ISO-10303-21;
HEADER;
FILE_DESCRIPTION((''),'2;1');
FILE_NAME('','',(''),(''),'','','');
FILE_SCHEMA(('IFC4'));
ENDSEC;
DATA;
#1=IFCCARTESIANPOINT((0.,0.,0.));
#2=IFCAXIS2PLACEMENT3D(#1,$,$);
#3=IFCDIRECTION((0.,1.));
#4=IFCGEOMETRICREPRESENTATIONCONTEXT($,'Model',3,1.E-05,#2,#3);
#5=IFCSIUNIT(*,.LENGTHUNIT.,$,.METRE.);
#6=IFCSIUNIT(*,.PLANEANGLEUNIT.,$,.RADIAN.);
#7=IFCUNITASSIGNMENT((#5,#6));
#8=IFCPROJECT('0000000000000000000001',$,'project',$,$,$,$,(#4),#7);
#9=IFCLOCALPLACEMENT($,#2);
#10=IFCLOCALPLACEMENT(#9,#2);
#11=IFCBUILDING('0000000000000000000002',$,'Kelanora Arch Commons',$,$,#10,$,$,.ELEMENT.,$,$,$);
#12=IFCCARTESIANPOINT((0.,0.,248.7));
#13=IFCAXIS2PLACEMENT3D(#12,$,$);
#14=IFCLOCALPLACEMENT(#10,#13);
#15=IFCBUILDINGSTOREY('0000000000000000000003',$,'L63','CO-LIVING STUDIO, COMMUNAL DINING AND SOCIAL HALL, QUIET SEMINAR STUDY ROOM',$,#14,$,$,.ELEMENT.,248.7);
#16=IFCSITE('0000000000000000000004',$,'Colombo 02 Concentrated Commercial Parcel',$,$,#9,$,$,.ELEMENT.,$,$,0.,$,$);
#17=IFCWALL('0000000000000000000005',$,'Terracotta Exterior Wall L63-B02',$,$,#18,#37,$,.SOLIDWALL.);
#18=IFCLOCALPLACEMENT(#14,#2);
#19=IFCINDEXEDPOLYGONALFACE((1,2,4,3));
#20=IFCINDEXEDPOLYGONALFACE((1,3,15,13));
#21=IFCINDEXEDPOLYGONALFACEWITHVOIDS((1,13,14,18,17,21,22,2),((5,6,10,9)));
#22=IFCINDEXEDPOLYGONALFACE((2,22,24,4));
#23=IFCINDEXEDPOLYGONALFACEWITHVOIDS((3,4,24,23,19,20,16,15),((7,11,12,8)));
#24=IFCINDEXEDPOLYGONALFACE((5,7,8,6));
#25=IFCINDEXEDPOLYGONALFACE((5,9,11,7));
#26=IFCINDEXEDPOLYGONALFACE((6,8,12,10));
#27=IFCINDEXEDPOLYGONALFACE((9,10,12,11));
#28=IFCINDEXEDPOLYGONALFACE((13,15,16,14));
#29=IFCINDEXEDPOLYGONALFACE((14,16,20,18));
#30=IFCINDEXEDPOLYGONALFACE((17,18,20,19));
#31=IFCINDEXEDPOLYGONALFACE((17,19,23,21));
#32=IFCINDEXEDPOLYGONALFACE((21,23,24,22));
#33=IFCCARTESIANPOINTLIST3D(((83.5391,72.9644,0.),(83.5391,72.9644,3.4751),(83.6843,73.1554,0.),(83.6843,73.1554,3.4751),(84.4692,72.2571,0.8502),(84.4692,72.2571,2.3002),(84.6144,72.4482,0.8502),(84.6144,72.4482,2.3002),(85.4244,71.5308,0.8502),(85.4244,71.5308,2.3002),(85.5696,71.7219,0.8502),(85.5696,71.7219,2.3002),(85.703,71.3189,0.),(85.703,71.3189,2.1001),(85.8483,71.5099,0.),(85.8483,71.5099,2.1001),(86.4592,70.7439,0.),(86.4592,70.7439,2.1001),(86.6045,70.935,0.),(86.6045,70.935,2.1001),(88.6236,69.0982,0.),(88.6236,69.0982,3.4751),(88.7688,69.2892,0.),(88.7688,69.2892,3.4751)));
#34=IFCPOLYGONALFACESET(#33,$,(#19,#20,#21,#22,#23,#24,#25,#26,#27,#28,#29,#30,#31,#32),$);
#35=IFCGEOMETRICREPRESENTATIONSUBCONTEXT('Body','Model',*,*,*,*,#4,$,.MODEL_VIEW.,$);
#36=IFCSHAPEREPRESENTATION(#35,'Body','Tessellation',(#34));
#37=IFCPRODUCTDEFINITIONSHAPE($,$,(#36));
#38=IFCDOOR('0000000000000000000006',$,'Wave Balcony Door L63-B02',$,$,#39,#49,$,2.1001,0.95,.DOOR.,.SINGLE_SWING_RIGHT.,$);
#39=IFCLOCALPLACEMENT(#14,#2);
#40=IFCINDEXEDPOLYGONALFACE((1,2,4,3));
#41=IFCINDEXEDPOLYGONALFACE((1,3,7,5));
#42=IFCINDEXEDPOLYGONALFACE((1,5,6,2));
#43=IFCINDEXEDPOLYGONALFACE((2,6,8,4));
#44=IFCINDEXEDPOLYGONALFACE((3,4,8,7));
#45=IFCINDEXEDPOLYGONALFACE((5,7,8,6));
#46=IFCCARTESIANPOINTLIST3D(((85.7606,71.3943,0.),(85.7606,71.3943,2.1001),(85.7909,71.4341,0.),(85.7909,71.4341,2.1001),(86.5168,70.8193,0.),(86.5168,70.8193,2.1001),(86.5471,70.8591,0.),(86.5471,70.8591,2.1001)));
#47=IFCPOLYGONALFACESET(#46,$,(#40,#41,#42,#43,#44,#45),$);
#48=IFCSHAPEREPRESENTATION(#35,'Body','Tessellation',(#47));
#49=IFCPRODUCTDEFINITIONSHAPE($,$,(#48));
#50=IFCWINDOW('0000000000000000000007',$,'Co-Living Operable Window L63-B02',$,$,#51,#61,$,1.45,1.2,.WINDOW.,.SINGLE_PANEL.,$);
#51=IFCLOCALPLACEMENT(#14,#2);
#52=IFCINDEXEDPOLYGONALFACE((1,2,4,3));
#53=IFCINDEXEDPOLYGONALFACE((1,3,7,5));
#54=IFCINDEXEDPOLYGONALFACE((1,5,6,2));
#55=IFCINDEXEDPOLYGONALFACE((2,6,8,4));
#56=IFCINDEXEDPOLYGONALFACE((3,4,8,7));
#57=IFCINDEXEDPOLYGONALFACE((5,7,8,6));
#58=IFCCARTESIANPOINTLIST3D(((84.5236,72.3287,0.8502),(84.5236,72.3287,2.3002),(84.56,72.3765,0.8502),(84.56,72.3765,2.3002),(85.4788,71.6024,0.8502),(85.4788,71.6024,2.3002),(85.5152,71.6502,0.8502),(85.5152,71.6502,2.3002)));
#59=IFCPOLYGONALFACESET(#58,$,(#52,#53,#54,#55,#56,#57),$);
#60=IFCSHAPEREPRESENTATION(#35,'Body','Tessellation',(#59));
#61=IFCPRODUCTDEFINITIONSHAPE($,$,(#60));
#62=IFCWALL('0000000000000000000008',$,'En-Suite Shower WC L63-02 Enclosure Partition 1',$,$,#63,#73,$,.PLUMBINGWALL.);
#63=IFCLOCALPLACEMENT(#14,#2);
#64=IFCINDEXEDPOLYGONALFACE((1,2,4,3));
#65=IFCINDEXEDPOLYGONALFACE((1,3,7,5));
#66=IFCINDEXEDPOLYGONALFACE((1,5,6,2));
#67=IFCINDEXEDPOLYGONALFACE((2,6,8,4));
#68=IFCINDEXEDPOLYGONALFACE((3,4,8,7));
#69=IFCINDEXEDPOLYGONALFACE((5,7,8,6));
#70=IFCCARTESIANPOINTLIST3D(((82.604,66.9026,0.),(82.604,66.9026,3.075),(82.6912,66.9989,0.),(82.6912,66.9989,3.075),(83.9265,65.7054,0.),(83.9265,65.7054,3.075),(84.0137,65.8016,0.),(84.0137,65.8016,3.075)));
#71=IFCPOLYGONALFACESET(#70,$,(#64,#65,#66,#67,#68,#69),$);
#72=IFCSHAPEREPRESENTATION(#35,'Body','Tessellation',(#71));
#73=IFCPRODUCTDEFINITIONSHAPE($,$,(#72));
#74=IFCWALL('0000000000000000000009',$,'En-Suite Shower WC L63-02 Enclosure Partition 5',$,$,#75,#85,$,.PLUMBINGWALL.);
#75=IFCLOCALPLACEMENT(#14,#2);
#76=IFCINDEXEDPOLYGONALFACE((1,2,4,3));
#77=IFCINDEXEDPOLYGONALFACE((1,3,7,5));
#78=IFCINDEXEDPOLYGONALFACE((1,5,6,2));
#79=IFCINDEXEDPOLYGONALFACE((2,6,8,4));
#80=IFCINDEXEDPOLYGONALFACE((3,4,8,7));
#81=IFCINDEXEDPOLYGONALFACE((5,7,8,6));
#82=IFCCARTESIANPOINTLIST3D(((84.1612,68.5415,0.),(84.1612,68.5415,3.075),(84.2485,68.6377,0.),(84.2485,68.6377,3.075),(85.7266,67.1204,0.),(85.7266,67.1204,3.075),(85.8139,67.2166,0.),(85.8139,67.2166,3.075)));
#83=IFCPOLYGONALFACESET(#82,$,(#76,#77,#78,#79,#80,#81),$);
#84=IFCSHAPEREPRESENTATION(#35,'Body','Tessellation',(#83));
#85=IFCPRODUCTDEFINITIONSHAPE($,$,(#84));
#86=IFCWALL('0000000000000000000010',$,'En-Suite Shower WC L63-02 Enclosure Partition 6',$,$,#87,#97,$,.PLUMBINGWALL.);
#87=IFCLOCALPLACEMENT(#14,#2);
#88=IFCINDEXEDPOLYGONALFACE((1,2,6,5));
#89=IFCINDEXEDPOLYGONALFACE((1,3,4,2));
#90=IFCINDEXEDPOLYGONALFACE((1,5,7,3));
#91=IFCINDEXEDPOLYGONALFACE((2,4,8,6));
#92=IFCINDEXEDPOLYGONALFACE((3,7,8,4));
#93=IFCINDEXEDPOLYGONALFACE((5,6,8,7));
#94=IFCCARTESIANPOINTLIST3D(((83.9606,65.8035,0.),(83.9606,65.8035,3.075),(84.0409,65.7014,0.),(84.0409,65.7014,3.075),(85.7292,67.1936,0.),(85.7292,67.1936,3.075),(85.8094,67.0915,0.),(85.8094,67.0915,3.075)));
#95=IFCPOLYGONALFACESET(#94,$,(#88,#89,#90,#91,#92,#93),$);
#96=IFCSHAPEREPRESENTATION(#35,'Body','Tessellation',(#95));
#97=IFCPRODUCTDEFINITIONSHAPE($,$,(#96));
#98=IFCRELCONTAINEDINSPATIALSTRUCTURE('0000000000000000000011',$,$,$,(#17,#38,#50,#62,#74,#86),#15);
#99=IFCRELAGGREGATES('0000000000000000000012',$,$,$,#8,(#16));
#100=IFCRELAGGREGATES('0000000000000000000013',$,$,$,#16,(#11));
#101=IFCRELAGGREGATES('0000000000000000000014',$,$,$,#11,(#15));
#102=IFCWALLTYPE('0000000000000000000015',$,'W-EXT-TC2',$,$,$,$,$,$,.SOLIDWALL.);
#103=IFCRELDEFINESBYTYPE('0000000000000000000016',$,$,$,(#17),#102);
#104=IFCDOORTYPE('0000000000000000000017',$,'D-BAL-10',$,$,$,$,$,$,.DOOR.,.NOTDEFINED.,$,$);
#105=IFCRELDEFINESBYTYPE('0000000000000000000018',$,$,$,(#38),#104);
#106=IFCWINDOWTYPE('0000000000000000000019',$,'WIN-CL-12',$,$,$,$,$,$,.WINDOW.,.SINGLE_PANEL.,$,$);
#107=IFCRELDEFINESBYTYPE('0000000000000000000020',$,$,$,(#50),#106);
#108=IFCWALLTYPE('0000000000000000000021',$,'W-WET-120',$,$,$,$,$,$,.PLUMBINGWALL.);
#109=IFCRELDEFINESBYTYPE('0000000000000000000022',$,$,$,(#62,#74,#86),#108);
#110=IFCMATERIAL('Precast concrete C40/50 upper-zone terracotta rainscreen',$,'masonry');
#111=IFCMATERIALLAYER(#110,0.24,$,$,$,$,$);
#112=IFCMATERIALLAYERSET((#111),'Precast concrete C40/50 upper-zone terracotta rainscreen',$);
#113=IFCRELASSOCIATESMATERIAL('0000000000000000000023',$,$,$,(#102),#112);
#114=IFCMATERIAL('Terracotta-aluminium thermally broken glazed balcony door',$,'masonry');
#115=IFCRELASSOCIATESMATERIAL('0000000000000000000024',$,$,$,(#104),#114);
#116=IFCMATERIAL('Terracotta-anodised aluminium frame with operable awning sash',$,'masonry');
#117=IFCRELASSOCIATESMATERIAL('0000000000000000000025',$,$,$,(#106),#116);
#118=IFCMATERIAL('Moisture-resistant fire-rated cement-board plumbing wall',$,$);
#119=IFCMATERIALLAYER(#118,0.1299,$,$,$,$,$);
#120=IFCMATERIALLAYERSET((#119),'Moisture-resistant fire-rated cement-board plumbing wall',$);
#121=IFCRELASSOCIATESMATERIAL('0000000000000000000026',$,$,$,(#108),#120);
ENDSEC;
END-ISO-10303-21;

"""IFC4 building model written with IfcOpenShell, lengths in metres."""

from ifc_helpers import new_model, si_unit, direction, frame, frame_2d, origin, place, context, subcontext, project, spatial, rectangle, extrude, material, layer, layer_set, type_object, element, fill, save


model = new_model("IFC4")

# Units and contexts
model_context = context("Model", 3, precision=1e-05, world=origin(), true_north=direction((0.0, 1.0)))
body_context = subcontext(model_context, "Body", "Model", "MODEL_VIEW")
ifc_project = project(units=[si_unit("LENGTHUNIT", "METRE"), si_unit("PLANEANGLEUNIT", "RADIAN")], contexts=[model_context])

# Site, building, storey
site_placement = place(None, origin())
site = spatial("IfcSite", under=ifc_project, at=site_placement, Name="Colombo 02 Concentrated Commercial Parcel", CompositionType="ELEMENT", RefElevation=0.0)
building_placement = place(site_placement, origin())
building = spatial("IfcBuilding", under=site, at=building_placement, Name="Kelanora Arch Commons", CompositionType="ELEMENT")
storey_placement = place(building_placement, frame((0.0, 0.0, 248.7)))
storey = spatial("IfcBuildingStorey", under=building, at=storey_placement, Name="L63", Description="CO-LIVING STUDIO, COMMUNAL DINING AND SOCIAL HALL, QUIET SEMINAR STUDY ROOM", CompositionType="ELEMENT", Elevation=248.7)

# Wall, openings, door, window
ifc_material_1 = material(Name="Precast concrete C40/50 upper-zone terracotta rainscreen", Category="masonry")
ifc_layer_1 = layer(ifc_material_1, 0.24)
ifc_layer_set_1 = layer_set([ifc_layer_1], Name="Precast concrete C40/50 upper-zone terracotta rainscreen")
wall_type_1 = type_object("IfcWallType", Name="W-EXT-TC2", PredefinedType="SOLIDWALL", material=ifc_layer_set_1)
ifc_material_2 = material(Name="Terracotta-aluminium thermally broken glazed balcony door", Category="masonry")
door_type = type_object("IfcDoorType", Name="D-BAL-10", OperationType="NOTDEFINED", PredefinedType="DOOR", material=ifc_material_2)
ifc_material_3 = material(Name="Terracotta-anodised aluminium frame with operable awning sash", Category="masonry")
window_type = type_object("IfcWindowType", Name="WIN-CL-12", PartitioningType="SINGLE_PANEL", PredefinedType="WINDOW", material=ifc_material_3)
wall_1_placement = place(storey_placement, frame((88.6963, 69.1936, 0.0), z_axis=(0.0, 0.0, 1.0), x_axis=(-0.79601, 0.605283, 0.0)))
wall_1 = element("IfcWall", 1, at=wall_1_placement, inside=storey, type_object=wall_type_1, Name="Terracotta Exterior Wall L63-B02", PredefinedType="SOLIDWALL", context=body_context, shape_type="SweptSolid", body=[
    extrude(rectangle(XDim=6.3875, YDim=0.24, at=frame_2d((3.1938, 0.0))), origin(), (0.0, 0.0, 1.0), 3.4751),
])
opening_1_placement = place(wall_1_placement, frame((2.719, 0.0, 0.0)))
opening_1 = element("IfcOpeningElement", 2, at=opening_1_placement, cuts=wall_1, PredefinedType="OPENING", context=body_context, shape_type="SweptSolid", body=[
    extrude(rectangle(XDim=0.95, YDim=2.1001, at=frame_2d((0.4751, 1.05))), frame((0.0, 0.1299, 0.0), z_axis=(0.0, -1.0, 0.0), x_axis=(1.0, 0.0, 0.0)), (0.0, 0.0, 1.0), 0.26),
])
opening_2_placement = place(wall_1_placement, frame((4.019, 0.0, 0.8501)))
opening_2 = element("IfcOpeningElement", 3, at=opening_2_placement, cuts=wall_1, PredefinedType="OPENING", context=body_context, shape_type="SweptSolid", body=[
    extrude(rectangle(XDim=1.2, YDim=1.45, at=frame_2d((0.6001, 0.7251))), frame((0.0, 0.1299, 0.0), z_axis=(0.0, -1.0, 0.0), x_axis=(1.0, 0.0, 0.0)), (0.0, 0.0, 1.0), 0.26),
])
door_1_placement = place(opening_1_placement, frame((0.95, 0.0, 0.0), z_axis=(0.0, 0.0, 1.0), x_axis=(-1.0, 0.0, 0.0)))
door_1 = element("IfcDoor", 4, at=door_1_placement, inside=storey, type_object=door_type, Name="Wave Balcony Door L63-B02", OperationType="SINGLE_SWING_RIGHT", OverallHeight=2.1001, OverallWidth=0.95, PredefinedType="DOOR", context=body_context, shape_type="SweptSolid", body=[
    extrude(rectangle(XDim=0.95, YDim=2.1001, at=frame_2d((0.4751, 1.05))), frame((0.0, 0.0249, 0.0), z_axis=(0.0, -1.0, 0.0), x_axis=(1.0, 0.0, 0.0)), (0.0, 0.0, 1.0), 0.05),
])
fill(opening_1, door_1)
window_1_placement = place(opening_2_placement, origin())
window_1 = element("IfcWindow", 5, at=window_1_placement, inside=storey, type_object=window_type, Name="Co-Living Operable Window L63-B02", OverallHeight=1.45, OverallWidth=1.2, PartitioningType="SINGLE_PANEL", PredefinedType="WINDOW", context=body_context, shape_type="SweptSolid", body=[
    extrude(rectangle(XDim=1.2, YDim=1.45, at=frame_2d((0.6001, 0.7251))), frame((0.0, 0.03, 0.0), z_axis=(0.0, -1.0, 0.0), x_axis=(1.0, 0.0, 0.0)), (0.0, 0.0, 1.0), 0.0601),
])
fill(opening_2, window_1)

# Walls
ifc_material_4 = material(Name="Moisture-resistant fire-rated cement-board plumbing wall")
ifc_layer_2 = layer(ifc_material_4, 0.1299)
ifc_layer_set_2 = layer_set([ifc_layer_2], Name="Moisture-resistant fire-rated cement-board plumbing wall")
wall_type_2 = type_object("IfcWallType", Name="W-WET-120", PredefinedType="PLUMBINGWALL", material=ifc_layer_set_2)
wall_2_placement = place(storey_placement, frame((83.9702, 65.7534, 0.0), z_axis=(0.0, 0.0, 1.0), x_axis=(-0.741338, 0.671132, 0.0)))
element("IfcWall", 6, at=wall_2_placement, inside=storey, type_object=wall_type_2, Name="En-Suite Shower WC L63-02 Enclosure Partition 1", PredefinedType="PLUMBINGWALL", context=body_context, shape_type="SweptSolid", body=[
    extrude(rectangle(XDim=1.7839, YDim=0.1299, at=frame_2d((0.8921, 0.0))), origin(), (0.0, 0.0, 1.0), 3.075),
])
wall_3_placement = place(storey_placement, frame((84.2048, 68.5896, 0.0), z_axis=(0.0, 0.0, 1.0), x_axis=(0.740405, -0.672161, 0.0)))
element("IfcWall", 7, at=wall_3_placement, inside=storey, type_object=wall_type_2, Name="En-Suite Shower WC L63-02 Enclosure Partition 5", PredefinedType="PLUMBINGWALL", context=body_context, shape_type="SweptSolid", body=[
    extrude(rectangle(XDim=2.1143, YDim=0.1299, at=frame_2d((1.0571, 0.0))), origin(), (0.0, 0.0, 1.0), 3.075),
])
wall_4_placement = place(storey_placement, frame((85.7693, 67.1426, 0.0), z_axis=(0.0, 0.0, 1.0), x_axis=(-0.786198, -0.617975, 0.0)))
element("IfcWall", 8, at=wall_4_placement, inside=storey, type_object=wall_type_2, Name="En-Suite Shower WC L63-02 Enclosure Partition 6", PredefinedType="PLUMBINGWALL", context=body_context, shape_type="SweptSolid", body=[
    extrude(rectangle(XDim=2.2495, YDim=0.1299, at=frame_2d((1.1248, 0.0))), origin(), (0.0, 0.0, 1.0), 3.075),
])

save(model, "model.ifc")
